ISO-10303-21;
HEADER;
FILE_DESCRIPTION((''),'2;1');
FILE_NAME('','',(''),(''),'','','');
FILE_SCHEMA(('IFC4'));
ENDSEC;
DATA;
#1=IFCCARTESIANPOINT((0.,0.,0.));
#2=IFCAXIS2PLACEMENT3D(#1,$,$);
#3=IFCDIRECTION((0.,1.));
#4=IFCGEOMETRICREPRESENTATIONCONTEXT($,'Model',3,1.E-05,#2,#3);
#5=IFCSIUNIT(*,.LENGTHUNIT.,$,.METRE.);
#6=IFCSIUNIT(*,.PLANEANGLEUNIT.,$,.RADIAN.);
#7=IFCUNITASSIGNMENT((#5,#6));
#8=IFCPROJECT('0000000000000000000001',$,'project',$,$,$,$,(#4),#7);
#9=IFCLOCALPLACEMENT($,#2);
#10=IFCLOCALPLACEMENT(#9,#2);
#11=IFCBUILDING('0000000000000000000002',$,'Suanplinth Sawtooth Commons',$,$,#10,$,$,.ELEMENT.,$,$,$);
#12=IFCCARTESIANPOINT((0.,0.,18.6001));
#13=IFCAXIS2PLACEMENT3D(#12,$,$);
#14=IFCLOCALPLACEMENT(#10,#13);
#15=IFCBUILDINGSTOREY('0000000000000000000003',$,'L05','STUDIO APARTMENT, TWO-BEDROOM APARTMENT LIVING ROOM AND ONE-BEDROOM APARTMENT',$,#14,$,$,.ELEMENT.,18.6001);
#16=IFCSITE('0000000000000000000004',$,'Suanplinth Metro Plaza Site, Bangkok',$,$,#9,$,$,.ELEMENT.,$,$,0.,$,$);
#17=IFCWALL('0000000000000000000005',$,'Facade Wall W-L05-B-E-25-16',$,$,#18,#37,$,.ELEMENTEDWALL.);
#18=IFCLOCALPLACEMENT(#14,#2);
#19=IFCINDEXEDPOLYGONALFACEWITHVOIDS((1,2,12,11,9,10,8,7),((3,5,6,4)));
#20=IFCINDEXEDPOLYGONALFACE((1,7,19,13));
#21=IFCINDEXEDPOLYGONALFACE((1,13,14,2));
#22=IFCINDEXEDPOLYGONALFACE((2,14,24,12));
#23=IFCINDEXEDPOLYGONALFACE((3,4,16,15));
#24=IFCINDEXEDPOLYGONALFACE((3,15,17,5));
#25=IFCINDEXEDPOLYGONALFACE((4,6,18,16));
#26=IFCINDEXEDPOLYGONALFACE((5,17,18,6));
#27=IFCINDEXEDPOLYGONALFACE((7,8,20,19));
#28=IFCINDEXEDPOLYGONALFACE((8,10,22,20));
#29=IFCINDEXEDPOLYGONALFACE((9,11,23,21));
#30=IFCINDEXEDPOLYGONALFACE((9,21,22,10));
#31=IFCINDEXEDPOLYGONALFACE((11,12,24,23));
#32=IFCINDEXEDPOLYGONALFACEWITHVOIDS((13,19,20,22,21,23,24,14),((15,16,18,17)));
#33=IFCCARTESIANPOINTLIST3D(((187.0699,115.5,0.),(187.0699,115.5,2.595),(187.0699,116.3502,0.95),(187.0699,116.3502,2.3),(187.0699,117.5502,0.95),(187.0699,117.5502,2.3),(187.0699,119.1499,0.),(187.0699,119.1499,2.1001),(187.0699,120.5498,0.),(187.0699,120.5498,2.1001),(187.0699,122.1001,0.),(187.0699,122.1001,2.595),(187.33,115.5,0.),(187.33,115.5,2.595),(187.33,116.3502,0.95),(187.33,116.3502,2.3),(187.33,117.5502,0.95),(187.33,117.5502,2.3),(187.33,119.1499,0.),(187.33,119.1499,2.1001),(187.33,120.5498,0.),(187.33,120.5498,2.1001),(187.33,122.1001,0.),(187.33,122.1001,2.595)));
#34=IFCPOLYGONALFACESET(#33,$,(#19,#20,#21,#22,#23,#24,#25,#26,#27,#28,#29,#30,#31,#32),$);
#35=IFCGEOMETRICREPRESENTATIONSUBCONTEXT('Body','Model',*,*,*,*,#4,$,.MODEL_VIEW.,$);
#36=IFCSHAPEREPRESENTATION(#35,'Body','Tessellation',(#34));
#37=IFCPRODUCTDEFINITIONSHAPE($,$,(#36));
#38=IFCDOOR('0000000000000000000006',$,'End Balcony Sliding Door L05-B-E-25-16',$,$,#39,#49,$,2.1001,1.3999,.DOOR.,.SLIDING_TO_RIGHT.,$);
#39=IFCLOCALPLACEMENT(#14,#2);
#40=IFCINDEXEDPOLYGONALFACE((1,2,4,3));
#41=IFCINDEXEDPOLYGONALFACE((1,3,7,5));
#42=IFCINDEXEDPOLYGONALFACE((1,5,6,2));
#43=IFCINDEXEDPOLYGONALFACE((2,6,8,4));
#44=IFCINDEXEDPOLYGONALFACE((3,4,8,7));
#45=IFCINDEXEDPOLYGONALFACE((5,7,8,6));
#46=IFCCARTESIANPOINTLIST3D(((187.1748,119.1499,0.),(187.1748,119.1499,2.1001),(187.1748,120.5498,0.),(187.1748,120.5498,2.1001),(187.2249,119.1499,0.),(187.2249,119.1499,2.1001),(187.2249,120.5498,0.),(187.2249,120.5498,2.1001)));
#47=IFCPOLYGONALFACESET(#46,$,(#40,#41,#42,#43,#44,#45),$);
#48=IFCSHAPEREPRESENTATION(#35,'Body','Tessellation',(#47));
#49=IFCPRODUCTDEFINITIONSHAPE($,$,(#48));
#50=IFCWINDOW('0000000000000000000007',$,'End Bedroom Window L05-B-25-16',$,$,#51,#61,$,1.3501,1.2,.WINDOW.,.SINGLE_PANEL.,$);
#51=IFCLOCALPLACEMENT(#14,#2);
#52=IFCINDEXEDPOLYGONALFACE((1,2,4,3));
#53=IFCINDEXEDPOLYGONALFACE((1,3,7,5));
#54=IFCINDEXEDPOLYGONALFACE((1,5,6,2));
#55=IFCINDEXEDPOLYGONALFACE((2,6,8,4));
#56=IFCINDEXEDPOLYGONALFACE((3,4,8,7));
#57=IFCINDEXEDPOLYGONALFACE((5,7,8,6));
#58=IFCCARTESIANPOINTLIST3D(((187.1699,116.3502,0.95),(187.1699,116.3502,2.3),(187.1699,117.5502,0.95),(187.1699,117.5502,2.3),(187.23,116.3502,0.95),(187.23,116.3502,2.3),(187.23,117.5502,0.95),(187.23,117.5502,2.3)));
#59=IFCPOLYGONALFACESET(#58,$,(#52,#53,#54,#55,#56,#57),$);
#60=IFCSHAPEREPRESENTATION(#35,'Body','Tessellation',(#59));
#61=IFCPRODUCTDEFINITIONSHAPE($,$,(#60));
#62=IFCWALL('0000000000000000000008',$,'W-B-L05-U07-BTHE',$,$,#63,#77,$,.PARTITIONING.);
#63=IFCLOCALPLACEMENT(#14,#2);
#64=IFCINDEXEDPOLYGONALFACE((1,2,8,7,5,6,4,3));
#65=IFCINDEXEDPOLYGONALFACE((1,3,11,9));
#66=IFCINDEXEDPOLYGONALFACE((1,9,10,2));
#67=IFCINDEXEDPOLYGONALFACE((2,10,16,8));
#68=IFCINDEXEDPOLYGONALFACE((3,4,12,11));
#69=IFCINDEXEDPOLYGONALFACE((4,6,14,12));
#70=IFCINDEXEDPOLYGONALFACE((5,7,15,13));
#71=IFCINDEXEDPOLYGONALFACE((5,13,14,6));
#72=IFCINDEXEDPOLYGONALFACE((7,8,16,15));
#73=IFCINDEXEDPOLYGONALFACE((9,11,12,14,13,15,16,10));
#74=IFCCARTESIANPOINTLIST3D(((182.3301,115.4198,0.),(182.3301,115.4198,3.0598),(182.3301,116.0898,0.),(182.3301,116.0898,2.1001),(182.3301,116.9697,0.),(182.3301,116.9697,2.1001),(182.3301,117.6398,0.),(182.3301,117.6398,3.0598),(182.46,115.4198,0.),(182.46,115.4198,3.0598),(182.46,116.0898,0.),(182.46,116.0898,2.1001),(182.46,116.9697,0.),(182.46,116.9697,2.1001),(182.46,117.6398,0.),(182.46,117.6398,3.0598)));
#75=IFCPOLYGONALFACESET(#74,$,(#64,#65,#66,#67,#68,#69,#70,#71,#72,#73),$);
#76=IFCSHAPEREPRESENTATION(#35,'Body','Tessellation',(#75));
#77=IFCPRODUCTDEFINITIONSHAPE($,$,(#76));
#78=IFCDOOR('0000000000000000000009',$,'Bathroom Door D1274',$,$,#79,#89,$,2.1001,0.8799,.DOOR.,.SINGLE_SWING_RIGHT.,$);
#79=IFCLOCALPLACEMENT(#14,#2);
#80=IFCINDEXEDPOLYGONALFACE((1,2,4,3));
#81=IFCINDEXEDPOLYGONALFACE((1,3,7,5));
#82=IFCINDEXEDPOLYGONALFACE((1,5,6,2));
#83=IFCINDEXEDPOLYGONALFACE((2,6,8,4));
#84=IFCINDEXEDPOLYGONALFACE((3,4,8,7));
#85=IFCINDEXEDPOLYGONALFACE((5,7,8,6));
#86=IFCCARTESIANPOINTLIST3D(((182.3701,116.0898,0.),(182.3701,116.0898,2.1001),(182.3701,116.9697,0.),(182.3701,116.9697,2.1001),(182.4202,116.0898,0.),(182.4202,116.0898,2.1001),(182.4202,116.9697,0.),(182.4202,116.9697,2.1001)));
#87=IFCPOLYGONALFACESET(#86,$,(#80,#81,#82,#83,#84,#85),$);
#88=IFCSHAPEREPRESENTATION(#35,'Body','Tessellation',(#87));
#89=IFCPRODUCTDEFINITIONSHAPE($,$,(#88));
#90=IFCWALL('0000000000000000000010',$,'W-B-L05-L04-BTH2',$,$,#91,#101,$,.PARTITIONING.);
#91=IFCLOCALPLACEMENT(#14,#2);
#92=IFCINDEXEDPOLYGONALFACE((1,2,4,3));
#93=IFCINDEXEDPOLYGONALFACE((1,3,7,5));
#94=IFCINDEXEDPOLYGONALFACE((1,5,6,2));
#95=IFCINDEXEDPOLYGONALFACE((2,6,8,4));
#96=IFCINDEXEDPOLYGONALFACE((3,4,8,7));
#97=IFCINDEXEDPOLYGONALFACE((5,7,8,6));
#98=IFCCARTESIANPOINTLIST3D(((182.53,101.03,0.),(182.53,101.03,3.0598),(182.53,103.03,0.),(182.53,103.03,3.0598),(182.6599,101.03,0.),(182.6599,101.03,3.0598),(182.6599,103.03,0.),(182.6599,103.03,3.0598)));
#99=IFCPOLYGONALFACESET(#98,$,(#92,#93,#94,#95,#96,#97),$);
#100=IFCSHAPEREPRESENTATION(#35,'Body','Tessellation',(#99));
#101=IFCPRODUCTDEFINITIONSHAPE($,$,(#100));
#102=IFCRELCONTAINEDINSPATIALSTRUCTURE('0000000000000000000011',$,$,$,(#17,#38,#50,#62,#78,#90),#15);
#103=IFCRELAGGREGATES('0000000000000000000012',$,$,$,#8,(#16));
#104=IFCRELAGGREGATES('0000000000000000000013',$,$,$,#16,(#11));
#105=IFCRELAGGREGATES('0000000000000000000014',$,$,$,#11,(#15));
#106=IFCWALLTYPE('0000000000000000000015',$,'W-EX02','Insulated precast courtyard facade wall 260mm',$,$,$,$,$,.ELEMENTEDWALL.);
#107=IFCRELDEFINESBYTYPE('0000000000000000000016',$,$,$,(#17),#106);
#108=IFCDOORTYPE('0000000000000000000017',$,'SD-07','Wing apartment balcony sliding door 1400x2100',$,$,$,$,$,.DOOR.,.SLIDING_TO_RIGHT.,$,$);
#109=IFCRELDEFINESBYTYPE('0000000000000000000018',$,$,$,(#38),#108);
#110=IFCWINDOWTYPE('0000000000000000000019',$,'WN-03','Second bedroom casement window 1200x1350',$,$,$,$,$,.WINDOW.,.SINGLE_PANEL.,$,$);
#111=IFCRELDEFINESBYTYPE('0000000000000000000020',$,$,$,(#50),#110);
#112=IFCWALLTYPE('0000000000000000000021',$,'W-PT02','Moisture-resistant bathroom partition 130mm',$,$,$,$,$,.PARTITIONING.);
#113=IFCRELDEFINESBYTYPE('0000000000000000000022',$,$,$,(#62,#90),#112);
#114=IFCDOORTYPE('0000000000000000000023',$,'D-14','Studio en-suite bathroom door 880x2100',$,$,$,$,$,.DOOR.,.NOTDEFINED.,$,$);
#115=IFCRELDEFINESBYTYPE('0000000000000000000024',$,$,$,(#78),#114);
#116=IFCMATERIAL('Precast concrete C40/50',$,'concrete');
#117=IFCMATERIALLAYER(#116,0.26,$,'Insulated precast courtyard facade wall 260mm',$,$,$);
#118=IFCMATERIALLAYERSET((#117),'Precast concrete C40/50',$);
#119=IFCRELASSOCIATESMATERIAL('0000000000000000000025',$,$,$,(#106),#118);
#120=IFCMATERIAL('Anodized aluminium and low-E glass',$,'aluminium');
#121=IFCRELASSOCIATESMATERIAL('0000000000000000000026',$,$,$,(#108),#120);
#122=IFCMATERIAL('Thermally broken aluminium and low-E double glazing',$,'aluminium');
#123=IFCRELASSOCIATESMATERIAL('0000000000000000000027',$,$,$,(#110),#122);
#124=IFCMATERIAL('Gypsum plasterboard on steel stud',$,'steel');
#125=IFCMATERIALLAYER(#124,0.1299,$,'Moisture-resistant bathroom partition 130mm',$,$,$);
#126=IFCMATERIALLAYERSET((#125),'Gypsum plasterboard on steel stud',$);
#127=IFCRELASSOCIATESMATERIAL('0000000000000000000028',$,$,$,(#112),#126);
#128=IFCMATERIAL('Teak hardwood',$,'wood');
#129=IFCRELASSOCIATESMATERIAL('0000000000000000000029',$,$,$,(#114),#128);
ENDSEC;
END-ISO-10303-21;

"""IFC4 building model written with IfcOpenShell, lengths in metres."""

from ifc_helpers import new_model, si_unit, direction, frame, frame_2d, origin, place, context, subcontext, project, spatial, rectangle, extrude, material, layer, layer_set, type_object, element, fill, save


model = new_model("IFC4")

# Units and contexts
model_context = context("Model", 3, precision=1e-05, world=origin(), true_north=direction((0.0, 1.0)))
body_context = subcontext(model_context, "Body", "Model", "MODEL_VIEW")
ifc_project = project(units=[si_unit("LENGTHUNIT", "METRE"), si_unit("PLANEANGLEUNIT", "RADIAN")], contexts=[model_context])

# Site, building, storey
site_placement = place(None, origin())
site = spatial("IfcSite", under=ifc_project, at=site_placement, Name="Suanplinth Metro Plaza Site, Bangkok", CompositionType="ELEMENT", RefElevation=0.0)
building_placement = place(site_placement, origin())
building = spatial("IfcBuilding", under=site, at=building_placement, Name="Suanplinth Sawtooth Commons", CompositionType="ELEMENT")
storey_placement = place(building_placement, frame((0.0, 0.0, 18.6001)))
storey = spatial("IfcBuildingStorey", under=building, at=storey_placement, Name="L05", Description="STUDIO APARTMENT, TWO-BEDROOM APARTMENT LIVING ROOM AND ONE-BEDROOM APARTMENT", CompositionType="ELEMENT", Elevation=18.6001)

# Shared definitions
ifc_material_1 = material(Name="Precast concrete C40/50", Category="concrete")

# Shared definitions
ifc_layer_1 = layer(ifc_material_1, 0.26, Name="Insulated precast courtyard facade wall 260mm")
ifc_layer_set_1 = layer_set([ifc_layer_1], Name="Precast concrete C40/50")
wall_type_1 = type_object("IfcWallType", Name="W-EX02", Description="Insulated precast courtyard facade wall 260mm", PredefinedType="ELEMENTEDWALL", material=ifc_layer_set_1)
ifc_material_2 = material(Name="Anodized aluminium and low-E glass", Category="aluminium")
door_type_1 = type_object("IfcDoorType", Name="SD-07", Description="Wing apartment balcony sliding door 1400x2100", OperationType="SLIDING_TO_RIGHT", PredefinedType="DOOR", material=ifc_material_2)
ifc_material_3 = material(Name="Thermally broken aluminium and low-E double glazing", Category="aluminium")

# Wall, openings, door, window
wall_1_placement = place(storey_placement, frame((187.2, 115.5, 0.0), z_axis=(0.0, 0.0, 1.0), x_axis=(0.0, 1.0, 0.0)))
wall_1 = element("IfcWall", 1, at=wall_1_placement, inside=storey, type_object=wall_type_1, Name="Facade Wall W-L05-B-E-25-16", PredefinedType="ELEMENTEDWALL", context=body_context, shape_type="SweptSolid", body=[
    extrude(rectangle(XDim=6.6001, YDim=0.26, at=frame_2d((3.3, 0.0))), origin(), (0.0, 0.0, 1.0), 2.595),
])
opening_1_placement = place(wall_1_placement, frame((3.6499, 0.0, 0.0)))
opening_1 = element("IfcOpeningElement", 2, at=opening_1_placement, cuts=wall_1, PredefinedType="OPENING", context=body_context, shape_type="SweptSolid", body=[
    extrude(rectangle(XDim=1.3999, YDim=2.1001, at=frame_2d((0.7, 1.05))), frame((0.0, 0.145, 0.0), z_axis=(0.0, -1.0, 0.0), x_axis=(1.0, 0.0, 0.0)), (0.0, 0.0, 1.0), 0.2898),
])
opening_2_placement = place(wall_1_placement, frame((0.8501, 0.0, 0.95)))
opening_2 = element("IfcOpeningElement", 3, at=opening_2_placement, cuts=wall_1, PredefinedType="OPENING", context=body_context, shape_type="SweptSolid", body=[
    extrude(rectangle(XDim=1.2, YDim=1.3501, at=frame_2d((0.6001, 0.675))), frame((0.0, 0.145, 0.0), z_axis=(0.0, -1.0, 0.0), x_axis=(1.0, 0.0, 0.0)), (0.0, 0.0, 1.0), 0.2898),
])
door_1_placement = place(opening_1_placement, frame((1.3999, 0.0, 0.0), z_axis=(0.0, 0.0, 1.0), x_axis=(-1.0, 0.0, 0.0)))
door_1 = element("IfcDoor", 4, at=door_1_placement, inside=storey, type_object=door_type_1, Name="End Balcony Sliding Door L05-B-E-25-16", OperationType="SLIDING_TO_RIGHT", OverallHeight=2.1001, OverallWidth=1.3999, PredefinedType="DOOR", context=body_context, shape_type="SweptSolid", body=[
    extrude(rectangle(XDim=1.3999, YDim=2.1001, at=frame_2d((0.7, 1.05))), frame((0.0, 0.0249, 0.0), z_axis=(0.0, -1.0, 0.0), x_axis=(1.0, 0.0, 0.0)), (0.0, 0.0, 1.0), 0.05),
])
fill(opening_1, door_1)
window_type_1 = type_object("IfcWindowType", Name="WN-03", Description="Second bedroom casement window 1200x1350", PartitioningType="SINGLE_PANEL", PredefinedType="WINDOW", material=ifc_material_3)
window_1_placement = place(opening_2_placement, origin())
window_1 = element("IfcWindow", 5, at=window_1_placement, inside=storey, type_object=window_type_1, Name="End Bedroom Window L05-B-25-16", OverallHeight=1.3501, OverallWidth=1.2, PartitioningType="SINGLE_PANEL", PredefinedType="WINDOW", context=body_context, shape_type="SweptSolid", body=[
    extrude(rectangle(XDim=1.2, YDim=1.3501, at=frame_2d((0.6001, 0.675))), frame((0.0, 0.03, 0.0), z_axis=(0.0, -1.0, 0.0), x_axis=(1.0, 0.0, 0.0)), (0.0, 0.0, 1.0), 0.0601),
])
fill(opening_2, window_1)

# Wall, opening, door
ifc_material_4 = material(Name="Gypsum plasterboard on steel stud", Category="steel")
ifc_layer_2 = layer(ifc_material_4, 0.1299, Name="Moisture-resistant bathroom partition 130mm")
ifc_layer_set_2 = layer_set([ifc_layer_2], Name="Gypsum plasterboard on steel stud")
wall_type_2 = type_object("IfcWallType", Name="W-PT02", Description="Moisture-resistant bathroom partition 130mm", PredefinedType="PARTITIONING", material=ifc_layer_set_2)
wall_2_placement = place(storey_placement, frame((182.395, 115.4199, 0.0), z_axis=(0.0, 0.0, 1.0), x_axis=(0.0, 1.0, 0.0)))
wall_2 = element("IfcWall", 6, at=wall_2_placement, inside=storey, type_object=wall_type_2, Name="W-B-L05-U07-BTHE", PredefinedType="PARTITIONING", context=body_context, shape_type="SweptSolid", body=[
    extrude(rectangle(XDim=2.22, YDim=0.1299, at=frame_2d((1.1099, 0.0))), origin(), (0.0, 0.0, 1.0), 3.0598),
])
opening_3_placement = place(wall_2_placement, frame((0.6699, 0.0, 0.0)))
opening_3 = element("IfcOpeningElement", 7, at=opening_3_placement, cuts=wall_2, PredefinedType="OPENING", context=body_context, shape_type="SweptSolid", body=[
    extrude(rectangle(XDim=0.8799, YDim=2.1001, at=frame_2d((0.4399, 1.05))), frame((0.0, 0.0798, 0.0), z_axis=(0.0, -1.0, 0.0), x_axis=(1.0, 0.0, 0.0)), (0.0, 0.0, 1.0), 0.1597),
])
ifc_material_5 = material(Name="Teak hardwood", Category="wood")
door_type_2 = type_object("IfcDoorType", Name="D-14", Description="Studio en-suite bathroom door 880x2100", OperationType="NOTDEFINED", PredefinedType="DOOR", material=ifc_material_5)
door_2_placement = place(opening_3_placement, origin())
door_2 = element("IfcDoor", 8, at=door_2_placement, inside=storey, type_object=door_type_2, Name="Bathroom Door D1274", OperationType="SINGLE_SWING_RIGHT", OverallHeight=2.1001, OverallWidth=0.8799, PredefinedType="DOOR", context=body_context, shape_type="SweptSolid", body=[
    extrude(rectangle(XDim=0.8799, YDim=2.1001, at=frame_2d((0.4399, 1.05))), frame((0.0, 0.0249, 0.0), z_axis=(0.0, -1.0, 0.0), x_axis=(1.0, 0.0, 0.0)), (0.0, 0.0, 1.0), 0.05),
])
fill(opening_3, door_2)

# Wall
wall_3_placement = place(storey_placement, frame((182.595, 101.03, 0.0), z_axis=(0.0, 0.0, 1.0), x_axis=(0.0, 1.0, 0.0)))
element("IfcWall", 9, at=wall_3_placement, inside=storey, type_object=wall_type_2, Name="W-B-L05-L04-BTH2", PredefinedType="PARTITIONING", context=body_context, shape_type="SweptSolid", body=[
    extrude(rectangle(XDim=2.0, YDim=0.1299, at=frame_2d((1.0, 0.0))), origin(), (0.0, 0.0, 1.0), 3.0598),
])

save(model, "model.ifc")
